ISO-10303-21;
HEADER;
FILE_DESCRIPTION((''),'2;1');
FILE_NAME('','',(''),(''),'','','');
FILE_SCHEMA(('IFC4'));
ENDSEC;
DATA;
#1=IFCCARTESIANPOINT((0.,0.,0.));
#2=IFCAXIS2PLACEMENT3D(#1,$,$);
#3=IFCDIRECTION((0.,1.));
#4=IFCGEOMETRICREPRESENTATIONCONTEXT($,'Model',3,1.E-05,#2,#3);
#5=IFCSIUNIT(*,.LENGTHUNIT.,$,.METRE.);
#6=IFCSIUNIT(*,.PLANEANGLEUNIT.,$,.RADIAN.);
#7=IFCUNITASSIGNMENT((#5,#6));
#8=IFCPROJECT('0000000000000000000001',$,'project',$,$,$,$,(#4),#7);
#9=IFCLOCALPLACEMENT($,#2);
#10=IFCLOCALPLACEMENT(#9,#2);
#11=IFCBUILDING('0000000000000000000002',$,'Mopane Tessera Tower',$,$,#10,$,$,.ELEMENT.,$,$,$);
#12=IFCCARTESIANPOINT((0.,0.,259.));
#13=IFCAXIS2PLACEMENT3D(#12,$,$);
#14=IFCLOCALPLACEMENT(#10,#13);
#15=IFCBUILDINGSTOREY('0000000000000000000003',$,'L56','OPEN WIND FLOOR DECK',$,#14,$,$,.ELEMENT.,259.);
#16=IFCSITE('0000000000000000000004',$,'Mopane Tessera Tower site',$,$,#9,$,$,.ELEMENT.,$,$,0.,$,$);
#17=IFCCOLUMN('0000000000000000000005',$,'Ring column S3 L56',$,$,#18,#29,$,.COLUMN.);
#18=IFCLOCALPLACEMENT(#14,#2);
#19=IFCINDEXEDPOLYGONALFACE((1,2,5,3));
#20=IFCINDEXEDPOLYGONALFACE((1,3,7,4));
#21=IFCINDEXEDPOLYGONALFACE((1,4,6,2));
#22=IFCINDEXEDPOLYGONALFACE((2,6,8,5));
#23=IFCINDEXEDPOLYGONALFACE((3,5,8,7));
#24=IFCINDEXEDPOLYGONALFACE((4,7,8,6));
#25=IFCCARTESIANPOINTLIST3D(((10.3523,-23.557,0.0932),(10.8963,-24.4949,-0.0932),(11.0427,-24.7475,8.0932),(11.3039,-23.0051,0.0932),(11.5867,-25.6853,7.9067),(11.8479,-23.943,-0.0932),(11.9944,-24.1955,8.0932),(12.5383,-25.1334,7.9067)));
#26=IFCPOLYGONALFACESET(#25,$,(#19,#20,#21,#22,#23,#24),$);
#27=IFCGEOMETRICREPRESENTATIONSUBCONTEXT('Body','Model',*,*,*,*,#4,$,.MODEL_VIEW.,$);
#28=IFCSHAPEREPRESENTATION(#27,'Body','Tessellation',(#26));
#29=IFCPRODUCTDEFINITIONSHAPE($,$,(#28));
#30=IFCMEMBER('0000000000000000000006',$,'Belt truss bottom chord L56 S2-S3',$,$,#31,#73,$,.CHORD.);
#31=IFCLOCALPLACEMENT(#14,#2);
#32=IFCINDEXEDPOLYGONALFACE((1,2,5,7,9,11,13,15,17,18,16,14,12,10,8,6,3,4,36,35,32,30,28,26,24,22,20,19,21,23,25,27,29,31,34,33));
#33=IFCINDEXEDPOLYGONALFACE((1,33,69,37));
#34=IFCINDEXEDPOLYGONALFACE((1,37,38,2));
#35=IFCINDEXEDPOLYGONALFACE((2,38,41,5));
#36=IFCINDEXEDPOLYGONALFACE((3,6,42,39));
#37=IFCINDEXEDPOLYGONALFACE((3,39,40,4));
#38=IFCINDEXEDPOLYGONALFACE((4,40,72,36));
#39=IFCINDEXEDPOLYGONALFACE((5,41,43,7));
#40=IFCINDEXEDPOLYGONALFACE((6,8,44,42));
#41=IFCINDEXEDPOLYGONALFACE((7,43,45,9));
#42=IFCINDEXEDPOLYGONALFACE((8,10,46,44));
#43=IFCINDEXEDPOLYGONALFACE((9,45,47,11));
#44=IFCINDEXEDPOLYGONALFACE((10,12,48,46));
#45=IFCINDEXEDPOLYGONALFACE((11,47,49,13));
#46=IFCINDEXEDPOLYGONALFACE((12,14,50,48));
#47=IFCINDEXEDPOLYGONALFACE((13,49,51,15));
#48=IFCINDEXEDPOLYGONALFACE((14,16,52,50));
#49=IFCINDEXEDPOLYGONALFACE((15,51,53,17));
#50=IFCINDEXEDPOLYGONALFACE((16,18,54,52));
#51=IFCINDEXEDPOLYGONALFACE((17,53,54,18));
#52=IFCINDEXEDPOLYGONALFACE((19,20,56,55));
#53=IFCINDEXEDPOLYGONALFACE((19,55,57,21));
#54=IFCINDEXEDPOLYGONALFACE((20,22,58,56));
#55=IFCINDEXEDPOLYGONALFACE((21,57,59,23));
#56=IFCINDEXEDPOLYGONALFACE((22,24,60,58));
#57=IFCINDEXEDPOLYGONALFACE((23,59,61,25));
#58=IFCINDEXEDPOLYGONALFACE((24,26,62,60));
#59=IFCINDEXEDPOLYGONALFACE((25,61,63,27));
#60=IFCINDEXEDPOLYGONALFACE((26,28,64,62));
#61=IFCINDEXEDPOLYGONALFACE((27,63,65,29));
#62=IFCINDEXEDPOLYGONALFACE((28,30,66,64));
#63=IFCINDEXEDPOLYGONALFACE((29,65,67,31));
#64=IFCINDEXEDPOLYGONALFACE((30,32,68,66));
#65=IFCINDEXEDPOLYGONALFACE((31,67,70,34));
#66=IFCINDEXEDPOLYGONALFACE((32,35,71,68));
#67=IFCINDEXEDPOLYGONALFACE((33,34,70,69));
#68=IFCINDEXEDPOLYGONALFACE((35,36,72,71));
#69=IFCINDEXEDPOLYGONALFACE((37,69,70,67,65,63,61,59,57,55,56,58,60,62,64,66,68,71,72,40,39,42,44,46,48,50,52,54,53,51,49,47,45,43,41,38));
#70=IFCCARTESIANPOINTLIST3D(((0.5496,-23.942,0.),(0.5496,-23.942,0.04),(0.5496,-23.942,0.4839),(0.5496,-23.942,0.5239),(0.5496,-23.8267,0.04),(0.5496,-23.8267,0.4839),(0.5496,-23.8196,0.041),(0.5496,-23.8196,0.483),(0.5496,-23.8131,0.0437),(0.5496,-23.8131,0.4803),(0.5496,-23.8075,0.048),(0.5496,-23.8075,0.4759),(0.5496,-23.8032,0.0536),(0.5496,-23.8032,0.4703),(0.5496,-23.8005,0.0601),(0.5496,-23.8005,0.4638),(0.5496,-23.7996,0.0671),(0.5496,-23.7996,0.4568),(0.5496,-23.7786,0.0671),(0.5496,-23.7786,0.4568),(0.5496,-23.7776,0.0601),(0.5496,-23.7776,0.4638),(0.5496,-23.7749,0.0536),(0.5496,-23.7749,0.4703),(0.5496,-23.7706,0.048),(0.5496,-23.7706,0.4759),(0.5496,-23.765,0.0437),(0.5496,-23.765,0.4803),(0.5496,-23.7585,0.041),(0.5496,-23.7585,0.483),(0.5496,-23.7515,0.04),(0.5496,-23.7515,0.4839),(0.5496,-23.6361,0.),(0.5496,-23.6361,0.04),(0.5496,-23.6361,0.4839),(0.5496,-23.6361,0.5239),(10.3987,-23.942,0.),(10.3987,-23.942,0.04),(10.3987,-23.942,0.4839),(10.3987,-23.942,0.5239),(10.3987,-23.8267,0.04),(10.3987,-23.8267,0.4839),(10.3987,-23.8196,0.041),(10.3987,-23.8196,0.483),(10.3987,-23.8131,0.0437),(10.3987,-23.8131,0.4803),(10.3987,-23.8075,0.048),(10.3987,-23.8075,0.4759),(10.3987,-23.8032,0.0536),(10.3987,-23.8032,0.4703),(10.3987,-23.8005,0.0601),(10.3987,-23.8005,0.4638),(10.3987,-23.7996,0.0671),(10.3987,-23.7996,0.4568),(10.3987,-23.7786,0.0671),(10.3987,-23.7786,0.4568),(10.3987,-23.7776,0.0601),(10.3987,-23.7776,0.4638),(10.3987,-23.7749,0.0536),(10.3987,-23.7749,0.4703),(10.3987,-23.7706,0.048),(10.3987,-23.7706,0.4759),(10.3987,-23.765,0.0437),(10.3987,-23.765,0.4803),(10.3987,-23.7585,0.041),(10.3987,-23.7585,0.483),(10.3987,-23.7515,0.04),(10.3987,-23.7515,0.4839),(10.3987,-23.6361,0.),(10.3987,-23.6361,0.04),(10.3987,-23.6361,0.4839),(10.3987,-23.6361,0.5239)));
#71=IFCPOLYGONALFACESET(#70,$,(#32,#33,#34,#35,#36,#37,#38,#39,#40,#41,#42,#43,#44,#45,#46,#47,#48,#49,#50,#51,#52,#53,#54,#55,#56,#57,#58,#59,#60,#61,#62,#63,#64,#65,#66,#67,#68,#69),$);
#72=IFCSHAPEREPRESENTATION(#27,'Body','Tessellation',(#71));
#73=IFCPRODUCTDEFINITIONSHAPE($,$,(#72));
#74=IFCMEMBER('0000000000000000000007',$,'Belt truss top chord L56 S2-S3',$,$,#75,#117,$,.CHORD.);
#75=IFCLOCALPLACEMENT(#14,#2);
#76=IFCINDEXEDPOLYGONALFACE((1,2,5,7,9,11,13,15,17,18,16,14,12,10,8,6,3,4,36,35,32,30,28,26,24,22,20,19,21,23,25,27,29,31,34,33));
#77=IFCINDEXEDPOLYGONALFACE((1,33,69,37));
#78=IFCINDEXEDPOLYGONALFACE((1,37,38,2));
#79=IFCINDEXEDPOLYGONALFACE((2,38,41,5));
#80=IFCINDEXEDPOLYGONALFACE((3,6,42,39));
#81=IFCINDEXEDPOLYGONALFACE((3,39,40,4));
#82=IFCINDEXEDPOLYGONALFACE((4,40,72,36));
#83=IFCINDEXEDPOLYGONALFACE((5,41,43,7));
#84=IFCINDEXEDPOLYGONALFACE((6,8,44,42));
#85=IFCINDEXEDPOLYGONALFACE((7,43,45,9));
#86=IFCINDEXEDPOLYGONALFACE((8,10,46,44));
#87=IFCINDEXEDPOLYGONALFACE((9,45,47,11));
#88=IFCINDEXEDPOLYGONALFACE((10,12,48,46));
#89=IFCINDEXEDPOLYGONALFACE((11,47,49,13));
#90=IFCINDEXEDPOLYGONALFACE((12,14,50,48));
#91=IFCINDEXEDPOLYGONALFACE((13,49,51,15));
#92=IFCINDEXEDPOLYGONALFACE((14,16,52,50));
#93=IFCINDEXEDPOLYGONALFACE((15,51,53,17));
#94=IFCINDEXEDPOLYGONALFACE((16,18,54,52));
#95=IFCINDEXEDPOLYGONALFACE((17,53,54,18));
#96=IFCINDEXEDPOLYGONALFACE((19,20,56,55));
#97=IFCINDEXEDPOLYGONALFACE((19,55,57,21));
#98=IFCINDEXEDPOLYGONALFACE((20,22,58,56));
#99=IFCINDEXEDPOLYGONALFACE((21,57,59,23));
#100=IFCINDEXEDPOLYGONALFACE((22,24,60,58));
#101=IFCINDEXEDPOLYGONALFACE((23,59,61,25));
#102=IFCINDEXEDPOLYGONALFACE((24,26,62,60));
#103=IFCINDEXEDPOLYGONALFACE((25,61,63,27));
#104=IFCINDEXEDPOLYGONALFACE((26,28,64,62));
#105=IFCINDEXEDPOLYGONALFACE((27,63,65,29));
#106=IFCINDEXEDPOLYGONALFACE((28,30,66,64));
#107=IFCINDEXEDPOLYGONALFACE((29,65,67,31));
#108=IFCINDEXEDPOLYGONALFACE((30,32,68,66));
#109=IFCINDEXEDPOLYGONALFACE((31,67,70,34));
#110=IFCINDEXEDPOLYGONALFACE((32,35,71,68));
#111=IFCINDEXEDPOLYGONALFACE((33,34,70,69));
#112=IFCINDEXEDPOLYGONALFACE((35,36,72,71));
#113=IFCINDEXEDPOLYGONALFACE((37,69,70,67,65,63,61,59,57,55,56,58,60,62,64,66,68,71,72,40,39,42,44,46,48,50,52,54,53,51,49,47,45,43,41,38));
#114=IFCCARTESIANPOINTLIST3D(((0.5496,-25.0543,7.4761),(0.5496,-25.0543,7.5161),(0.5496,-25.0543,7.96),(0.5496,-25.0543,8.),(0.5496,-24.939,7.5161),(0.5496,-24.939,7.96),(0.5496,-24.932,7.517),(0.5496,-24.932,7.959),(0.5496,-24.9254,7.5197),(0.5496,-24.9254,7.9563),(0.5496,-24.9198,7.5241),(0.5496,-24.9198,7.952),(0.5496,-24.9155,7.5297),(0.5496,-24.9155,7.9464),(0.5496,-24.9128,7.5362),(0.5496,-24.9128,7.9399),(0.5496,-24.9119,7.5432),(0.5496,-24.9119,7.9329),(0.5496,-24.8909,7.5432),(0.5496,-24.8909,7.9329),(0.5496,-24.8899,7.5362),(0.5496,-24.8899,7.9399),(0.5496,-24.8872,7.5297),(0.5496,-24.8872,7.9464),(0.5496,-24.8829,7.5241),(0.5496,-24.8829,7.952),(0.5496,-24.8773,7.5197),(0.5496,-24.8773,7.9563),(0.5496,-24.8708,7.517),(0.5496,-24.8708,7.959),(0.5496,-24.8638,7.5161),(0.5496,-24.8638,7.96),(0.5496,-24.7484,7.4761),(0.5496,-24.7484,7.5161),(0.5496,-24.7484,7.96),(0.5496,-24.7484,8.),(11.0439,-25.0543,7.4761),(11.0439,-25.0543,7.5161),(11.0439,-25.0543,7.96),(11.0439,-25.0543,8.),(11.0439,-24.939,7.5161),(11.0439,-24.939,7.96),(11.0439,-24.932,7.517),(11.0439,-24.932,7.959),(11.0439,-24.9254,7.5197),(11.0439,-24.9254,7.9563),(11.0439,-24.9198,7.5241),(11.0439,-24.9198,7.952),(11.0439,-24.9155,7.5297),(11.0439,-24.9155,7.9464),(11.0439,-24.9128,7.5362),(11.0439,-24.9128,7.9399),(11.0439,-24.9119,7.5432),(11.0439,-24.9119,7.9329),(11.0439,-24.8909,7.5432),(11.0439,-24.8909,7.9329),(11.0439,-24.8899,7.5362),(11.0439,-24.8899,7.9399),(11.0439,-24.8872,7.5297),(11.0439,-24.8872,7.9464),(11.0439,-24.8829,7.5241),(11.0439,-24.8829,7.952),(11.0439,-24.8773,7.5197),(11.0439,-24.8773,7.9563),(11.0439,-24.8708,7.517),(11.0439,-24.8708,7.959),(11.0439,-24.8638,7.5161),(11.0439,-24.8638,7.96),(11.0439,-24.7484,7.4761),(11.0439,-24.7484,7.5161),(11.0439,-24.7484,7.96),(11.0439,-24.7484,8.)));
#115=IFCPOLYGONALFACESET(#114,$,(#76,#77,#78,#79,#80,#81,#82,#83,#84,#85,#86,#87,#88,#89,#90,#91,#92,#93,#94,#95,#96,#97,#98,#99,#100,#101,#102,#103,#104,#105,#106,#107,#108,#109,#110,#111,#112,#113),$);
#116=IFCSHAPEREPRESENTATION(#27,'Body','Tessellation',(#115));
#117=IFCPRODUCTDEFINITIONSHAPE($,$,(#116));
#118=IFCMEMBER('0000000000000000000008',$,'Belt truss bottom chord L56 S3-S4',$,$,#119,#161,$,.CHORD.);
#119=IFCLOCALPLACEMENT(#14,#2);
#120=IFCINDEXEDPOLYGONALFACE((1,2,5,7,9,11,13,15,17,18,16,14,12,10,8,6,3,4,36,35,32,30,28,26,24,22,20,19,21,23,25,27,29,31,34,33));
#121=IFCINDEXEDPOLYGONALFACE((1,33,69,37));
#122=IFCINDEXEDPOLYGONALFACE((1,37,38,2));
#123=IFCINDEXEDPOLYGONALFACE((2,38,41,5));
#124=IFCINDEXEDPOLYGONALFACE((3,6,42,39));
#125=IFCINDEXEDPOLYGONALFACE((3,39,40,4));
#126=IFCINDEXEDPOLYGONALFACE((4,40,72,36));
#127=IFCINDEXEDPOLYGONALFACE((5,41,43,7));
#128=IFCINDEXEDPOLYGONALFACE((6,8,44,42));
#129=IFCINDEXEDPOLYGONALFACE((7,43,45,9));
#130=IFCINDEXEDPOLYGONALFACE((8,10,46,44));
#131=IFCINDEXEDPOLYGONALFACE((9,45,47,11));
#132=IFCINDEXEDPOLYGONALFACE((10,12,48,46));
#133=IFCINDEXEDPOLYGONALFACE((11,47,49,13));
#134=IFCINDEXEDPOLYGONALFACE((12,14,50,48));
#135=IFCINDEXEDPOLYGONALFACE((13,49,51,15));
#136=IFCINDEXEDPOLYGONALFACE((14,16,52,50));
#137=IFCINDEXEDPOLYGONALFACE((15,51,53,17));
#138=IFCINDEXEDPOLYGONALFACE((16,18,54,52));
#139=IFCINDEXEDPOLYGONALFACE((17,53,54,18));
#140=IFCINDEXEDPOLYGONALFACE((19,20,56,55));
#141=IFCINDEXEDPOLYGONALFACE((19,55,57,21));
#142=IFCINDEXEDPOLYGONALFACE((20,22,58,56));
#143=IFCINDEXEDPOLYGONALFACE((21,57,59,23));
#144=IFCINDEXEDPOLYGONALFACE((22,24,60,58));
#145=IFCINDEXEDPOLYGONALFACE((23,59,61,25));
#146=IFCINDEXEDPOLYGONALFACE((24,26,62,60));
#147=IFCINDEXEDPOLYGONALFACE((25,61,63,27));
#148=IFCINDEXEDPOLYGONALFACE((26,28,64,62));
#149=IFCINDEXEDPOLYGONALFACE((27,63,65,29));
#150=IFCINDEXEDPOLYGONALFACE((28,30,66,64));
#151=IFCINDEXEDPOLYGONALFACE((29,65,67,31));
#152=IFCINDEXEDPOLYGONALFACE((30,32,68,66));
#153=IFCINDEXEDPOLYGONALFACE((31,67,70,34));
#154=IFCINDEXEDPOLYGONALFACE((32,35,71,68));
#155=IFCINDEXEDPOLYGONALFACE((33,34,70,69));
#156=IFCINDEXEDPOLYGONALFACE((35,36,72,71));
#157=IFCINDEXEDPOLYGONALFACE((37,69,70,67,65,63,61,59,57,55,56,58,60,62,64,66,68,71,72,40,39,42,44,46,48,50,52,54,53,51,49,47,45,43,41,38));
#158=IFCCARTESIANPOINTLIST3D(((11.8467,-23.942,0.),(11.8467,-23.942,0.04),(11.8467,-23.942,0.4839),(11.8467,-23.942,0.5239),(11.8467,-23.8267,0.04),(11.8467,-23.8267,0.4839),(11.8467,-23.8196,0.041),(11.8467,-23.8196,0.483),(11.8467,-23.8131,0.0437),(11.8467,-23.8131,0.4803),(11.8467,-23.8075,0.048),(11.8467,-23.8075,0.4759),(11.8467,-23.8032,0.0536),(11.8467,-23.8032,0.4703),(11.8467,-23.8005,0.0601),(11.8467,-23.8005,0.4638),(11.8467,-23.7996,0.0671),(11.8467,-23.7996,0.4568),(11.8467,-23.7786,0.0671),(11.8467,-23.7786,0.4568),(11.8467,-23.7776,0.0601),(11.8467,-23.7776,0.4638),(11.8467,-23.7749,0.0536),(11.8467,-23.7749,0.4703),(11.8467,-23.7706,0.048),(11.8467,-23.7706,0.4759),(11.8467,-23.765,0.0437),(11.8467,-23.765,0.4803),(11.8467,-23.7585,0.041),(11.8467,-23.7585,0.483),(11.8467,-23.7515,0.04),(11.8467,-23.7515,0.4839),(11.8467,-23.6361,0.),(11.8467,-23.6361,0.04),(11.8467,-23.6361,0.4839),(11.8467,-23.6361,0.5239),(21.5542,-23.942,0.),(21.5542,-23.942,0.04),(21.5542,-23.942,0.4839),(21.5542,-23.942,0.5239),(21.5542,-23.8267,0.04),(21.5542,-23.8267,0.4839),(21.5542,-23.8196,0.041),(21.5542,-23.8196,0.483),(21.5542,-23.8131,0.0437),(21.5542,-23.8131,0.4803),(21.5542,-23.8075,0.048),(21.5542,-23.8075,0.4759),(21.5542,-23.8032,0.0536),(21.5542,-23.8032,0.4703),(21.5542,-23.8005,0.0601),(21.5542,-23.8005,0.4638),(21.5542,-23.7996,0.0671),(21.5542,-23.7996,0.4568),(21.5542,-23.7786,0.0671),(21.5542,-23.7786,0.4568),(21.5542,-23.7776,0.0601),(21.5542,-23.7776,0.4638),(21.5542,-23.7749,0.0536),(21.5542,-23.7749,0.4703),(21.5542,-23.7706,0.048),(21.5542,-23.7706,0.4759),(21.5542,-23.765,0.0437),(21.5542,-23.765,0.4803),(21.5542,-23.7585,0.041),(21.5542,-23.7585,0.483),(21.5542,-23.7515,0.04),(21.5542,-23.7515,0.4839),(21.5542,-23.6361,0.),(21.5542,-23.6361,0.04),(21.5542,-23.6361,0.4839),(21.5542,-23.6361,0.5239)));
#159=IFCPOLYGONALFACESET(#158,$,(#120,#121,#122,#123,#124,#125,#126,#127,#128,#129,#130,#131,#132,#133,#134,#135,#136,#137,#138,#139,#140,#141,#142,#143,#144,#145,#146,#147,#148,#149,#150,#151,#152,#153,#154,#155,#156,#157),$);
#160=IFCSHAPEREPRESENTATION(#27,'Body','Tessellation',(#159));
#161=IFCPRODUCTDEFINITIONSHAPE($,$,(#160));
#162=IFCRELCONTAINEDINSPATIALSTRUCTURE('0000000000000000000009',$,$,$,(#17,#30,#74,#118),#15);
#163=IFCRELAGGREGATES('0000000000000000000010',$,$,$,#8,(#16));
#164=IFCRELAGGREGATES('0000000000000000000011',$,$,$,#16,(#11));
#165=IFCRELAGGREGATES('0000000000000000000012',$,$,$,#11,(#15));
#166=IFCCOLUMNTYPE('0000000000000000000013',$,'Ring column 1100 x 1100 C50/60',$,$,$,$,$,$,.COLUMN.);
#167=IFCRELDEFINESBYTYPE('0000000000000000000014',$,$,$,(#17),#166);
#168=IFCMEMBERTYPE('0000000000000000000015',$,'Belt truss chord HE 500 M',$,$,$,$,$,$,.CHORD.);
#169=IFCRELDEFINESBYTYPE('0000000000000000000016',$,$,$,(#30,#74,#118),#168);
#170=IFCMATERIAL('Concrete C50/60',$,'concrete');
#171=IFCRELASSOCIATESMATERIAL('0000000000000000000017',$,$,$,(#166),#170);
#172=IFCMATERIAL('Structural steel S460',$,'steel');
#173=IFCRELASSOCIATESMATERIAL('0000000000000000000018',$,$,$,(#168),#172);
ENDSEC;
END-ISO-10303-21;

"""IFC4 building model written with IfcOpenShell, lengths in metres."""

from ifc_helpers import new_model, si_unit, direction, frame, origin, origin_2d, place, context, subcontext, project, spatial, rectangle, i_section, extrude, material, material_profile, profile_set, type_object, element, save


model = new_model("IFC4")

# Units and contexts
model_context = context("Model", 3, precision=1e-05, world=origin(), true_north=direction((0.0, 1.0)))
body_context = subcontext(model_context, "Body", "Model", "MODEL_VIEW")
ifc_project = project(units=[si_unit("LENGTHUNIT", "METRE"), si_unit("PLANEANGLEUNIT", "RADIAN")], contexts=[model_context])

# Site, building, storey
site_placement = place(None, origin())
site = spatial("IfcSite", under=ifc_project, at=site_placement, Name="Mopane Tessera Tower site", CompositionType="ELEMENT", RefElevation=0.0)
building_placement = place(site_placement, origin())
building = spatial("IfcBuilding", under=site, at=building_placement, Name="Mopane Tessera Tower", CompositionType="ELEMENT")
storey_placement = place(building_placement, frame((0.0, 0.0, 259.0)))
storey = spatial("IfcBuildingStorey", under=building, at=storey_placement, Name="L56", Description="OPEN WIND FLOOR DECK", CompositionType="ELEMENT", Elevation=259.0)

# Column
ifc_material_1 = material(Name="Concrete C50/60", Category="concrete")
ifc_material_profile_1 = material_profile(ifc_material_1, rectangle(XDim=1.1001, YDim=1.1001, at=origin_2d()))
ifc_profile_set_1 = profile_set([ifc_material_profile_1], Name="Concrete C50/60")
column_type = type_object("IfcColumnType", Name="Ring column 1100 x 1100 C50/60", PredefinedType="COLUMN", material=ifc_profile_set_1)
column_placement = place(storey_placement, frame((11.1001, -23.75, 0.0), z_axis=(0.085054, -0.14665, 0.985525), x_axis=(0.865037, 0.501707, 0.0)))
element("IfcColumn", 1, at=column_placement, inside=storey, type_object=column_type, Name="Ring column S3 L56", PredefinedType="COLUMN", context=body_context, shape_type="SweptSolid", body=[
    extrude(rectangle(XDim=1.1001, YDim=1.1001, at=origin_2d()), origin(), (0.0, 0.0, 1.0), 8.1174),
])

# Members
ifc_material_2 = material(Name="Structural steel S460", Category="steel")
ifc_material_profile_2 = material_profile(ifc_material_2, i_section(OverallWidth=0.3059, OverallDepth=0.5239, WebThickness=0.021, FlangeThickness=0.04, FilletRadius=0.0271, at=origin_2d()))
ifc_profile_set_2 = profile_set([ifc_material_profile_2], Name="Structural steel S460")
member_type_1 = type_object("IfcMemberType", Name="Belt truss chord HE 500 M", PredefinedType="CHORD", material=ifc_profile_set_2)
member_1_placement = place(storey_placement, frame((0.5496, -23.7891, 0.262), z_axis=(1.0, 0.0, 0.0), x_axis=(0.0, 1.0, 0.0)))
element("IfcMember", 2, at=member_1_placement, inside=storey, type_object=member_type_1, Name="Belt truss bottom chord L56 S2-S3", PredefinedType="CHORD", context=body_context, shape_type="SweptSolid", body=[
    extrude(i_section(OverallWidth=0.3059, OverallDepth=0.5239, WebThickness=0.021, FlangeThickness=0.04, FilletRadius=0.0271, at=origin_2d()), origin(), (0.0, 0.0, 1.0), 9.8491),
])
member_2_placement = place(storey_placement, frame((0.5496, -24.9014, 7.738), z_axis=(1.0, 0.0, 0.0), x_axis=(0.0, 1.0, 0.0)))
element("IfcMember", 3, at=member_2_placement, inside=storey, type_object=member_type_1, Name="Belt truss top chord L56 S2-S3", PredefinedType="CHORD", context=body_context, shape_type="SweptSolid", body=[
    extrude(i_section(OverallWidth=0.3059, OverallDepth=0.5239, WebThickness=0.021, FlangeThickness=0.04, FilletRadius=0.0271, at=origin_2d()), origin(), (0.0, 0.0, 1.0), 10.4944),
])
member_3_placement = place(storey_placement, frame((11.8467, -23.7891, 0.262), z_axis=(1.0, 0.0, 0.0), x_axis=(0.0, 1.0, 0.0)))
element("IfcMember", 4, at=member_3_placement, inside=storey, type_object=member_type_1, Name="Belt truss bottom chord L56 S3-S4", PredefinedType="CHORD", context=body_context, shape_type="SweptSolid", body=[
    extrude(i_section(OverallWidth=0.3059, OverallDepth=0.5239, WebThickness=0.021, FlangeThickness=0.04, FilletRadius=0.0271, at=origin_2d()), origin(), (0.0, 0.0, 1.0), 9.7075),
])

save(model, "model.ifc")
